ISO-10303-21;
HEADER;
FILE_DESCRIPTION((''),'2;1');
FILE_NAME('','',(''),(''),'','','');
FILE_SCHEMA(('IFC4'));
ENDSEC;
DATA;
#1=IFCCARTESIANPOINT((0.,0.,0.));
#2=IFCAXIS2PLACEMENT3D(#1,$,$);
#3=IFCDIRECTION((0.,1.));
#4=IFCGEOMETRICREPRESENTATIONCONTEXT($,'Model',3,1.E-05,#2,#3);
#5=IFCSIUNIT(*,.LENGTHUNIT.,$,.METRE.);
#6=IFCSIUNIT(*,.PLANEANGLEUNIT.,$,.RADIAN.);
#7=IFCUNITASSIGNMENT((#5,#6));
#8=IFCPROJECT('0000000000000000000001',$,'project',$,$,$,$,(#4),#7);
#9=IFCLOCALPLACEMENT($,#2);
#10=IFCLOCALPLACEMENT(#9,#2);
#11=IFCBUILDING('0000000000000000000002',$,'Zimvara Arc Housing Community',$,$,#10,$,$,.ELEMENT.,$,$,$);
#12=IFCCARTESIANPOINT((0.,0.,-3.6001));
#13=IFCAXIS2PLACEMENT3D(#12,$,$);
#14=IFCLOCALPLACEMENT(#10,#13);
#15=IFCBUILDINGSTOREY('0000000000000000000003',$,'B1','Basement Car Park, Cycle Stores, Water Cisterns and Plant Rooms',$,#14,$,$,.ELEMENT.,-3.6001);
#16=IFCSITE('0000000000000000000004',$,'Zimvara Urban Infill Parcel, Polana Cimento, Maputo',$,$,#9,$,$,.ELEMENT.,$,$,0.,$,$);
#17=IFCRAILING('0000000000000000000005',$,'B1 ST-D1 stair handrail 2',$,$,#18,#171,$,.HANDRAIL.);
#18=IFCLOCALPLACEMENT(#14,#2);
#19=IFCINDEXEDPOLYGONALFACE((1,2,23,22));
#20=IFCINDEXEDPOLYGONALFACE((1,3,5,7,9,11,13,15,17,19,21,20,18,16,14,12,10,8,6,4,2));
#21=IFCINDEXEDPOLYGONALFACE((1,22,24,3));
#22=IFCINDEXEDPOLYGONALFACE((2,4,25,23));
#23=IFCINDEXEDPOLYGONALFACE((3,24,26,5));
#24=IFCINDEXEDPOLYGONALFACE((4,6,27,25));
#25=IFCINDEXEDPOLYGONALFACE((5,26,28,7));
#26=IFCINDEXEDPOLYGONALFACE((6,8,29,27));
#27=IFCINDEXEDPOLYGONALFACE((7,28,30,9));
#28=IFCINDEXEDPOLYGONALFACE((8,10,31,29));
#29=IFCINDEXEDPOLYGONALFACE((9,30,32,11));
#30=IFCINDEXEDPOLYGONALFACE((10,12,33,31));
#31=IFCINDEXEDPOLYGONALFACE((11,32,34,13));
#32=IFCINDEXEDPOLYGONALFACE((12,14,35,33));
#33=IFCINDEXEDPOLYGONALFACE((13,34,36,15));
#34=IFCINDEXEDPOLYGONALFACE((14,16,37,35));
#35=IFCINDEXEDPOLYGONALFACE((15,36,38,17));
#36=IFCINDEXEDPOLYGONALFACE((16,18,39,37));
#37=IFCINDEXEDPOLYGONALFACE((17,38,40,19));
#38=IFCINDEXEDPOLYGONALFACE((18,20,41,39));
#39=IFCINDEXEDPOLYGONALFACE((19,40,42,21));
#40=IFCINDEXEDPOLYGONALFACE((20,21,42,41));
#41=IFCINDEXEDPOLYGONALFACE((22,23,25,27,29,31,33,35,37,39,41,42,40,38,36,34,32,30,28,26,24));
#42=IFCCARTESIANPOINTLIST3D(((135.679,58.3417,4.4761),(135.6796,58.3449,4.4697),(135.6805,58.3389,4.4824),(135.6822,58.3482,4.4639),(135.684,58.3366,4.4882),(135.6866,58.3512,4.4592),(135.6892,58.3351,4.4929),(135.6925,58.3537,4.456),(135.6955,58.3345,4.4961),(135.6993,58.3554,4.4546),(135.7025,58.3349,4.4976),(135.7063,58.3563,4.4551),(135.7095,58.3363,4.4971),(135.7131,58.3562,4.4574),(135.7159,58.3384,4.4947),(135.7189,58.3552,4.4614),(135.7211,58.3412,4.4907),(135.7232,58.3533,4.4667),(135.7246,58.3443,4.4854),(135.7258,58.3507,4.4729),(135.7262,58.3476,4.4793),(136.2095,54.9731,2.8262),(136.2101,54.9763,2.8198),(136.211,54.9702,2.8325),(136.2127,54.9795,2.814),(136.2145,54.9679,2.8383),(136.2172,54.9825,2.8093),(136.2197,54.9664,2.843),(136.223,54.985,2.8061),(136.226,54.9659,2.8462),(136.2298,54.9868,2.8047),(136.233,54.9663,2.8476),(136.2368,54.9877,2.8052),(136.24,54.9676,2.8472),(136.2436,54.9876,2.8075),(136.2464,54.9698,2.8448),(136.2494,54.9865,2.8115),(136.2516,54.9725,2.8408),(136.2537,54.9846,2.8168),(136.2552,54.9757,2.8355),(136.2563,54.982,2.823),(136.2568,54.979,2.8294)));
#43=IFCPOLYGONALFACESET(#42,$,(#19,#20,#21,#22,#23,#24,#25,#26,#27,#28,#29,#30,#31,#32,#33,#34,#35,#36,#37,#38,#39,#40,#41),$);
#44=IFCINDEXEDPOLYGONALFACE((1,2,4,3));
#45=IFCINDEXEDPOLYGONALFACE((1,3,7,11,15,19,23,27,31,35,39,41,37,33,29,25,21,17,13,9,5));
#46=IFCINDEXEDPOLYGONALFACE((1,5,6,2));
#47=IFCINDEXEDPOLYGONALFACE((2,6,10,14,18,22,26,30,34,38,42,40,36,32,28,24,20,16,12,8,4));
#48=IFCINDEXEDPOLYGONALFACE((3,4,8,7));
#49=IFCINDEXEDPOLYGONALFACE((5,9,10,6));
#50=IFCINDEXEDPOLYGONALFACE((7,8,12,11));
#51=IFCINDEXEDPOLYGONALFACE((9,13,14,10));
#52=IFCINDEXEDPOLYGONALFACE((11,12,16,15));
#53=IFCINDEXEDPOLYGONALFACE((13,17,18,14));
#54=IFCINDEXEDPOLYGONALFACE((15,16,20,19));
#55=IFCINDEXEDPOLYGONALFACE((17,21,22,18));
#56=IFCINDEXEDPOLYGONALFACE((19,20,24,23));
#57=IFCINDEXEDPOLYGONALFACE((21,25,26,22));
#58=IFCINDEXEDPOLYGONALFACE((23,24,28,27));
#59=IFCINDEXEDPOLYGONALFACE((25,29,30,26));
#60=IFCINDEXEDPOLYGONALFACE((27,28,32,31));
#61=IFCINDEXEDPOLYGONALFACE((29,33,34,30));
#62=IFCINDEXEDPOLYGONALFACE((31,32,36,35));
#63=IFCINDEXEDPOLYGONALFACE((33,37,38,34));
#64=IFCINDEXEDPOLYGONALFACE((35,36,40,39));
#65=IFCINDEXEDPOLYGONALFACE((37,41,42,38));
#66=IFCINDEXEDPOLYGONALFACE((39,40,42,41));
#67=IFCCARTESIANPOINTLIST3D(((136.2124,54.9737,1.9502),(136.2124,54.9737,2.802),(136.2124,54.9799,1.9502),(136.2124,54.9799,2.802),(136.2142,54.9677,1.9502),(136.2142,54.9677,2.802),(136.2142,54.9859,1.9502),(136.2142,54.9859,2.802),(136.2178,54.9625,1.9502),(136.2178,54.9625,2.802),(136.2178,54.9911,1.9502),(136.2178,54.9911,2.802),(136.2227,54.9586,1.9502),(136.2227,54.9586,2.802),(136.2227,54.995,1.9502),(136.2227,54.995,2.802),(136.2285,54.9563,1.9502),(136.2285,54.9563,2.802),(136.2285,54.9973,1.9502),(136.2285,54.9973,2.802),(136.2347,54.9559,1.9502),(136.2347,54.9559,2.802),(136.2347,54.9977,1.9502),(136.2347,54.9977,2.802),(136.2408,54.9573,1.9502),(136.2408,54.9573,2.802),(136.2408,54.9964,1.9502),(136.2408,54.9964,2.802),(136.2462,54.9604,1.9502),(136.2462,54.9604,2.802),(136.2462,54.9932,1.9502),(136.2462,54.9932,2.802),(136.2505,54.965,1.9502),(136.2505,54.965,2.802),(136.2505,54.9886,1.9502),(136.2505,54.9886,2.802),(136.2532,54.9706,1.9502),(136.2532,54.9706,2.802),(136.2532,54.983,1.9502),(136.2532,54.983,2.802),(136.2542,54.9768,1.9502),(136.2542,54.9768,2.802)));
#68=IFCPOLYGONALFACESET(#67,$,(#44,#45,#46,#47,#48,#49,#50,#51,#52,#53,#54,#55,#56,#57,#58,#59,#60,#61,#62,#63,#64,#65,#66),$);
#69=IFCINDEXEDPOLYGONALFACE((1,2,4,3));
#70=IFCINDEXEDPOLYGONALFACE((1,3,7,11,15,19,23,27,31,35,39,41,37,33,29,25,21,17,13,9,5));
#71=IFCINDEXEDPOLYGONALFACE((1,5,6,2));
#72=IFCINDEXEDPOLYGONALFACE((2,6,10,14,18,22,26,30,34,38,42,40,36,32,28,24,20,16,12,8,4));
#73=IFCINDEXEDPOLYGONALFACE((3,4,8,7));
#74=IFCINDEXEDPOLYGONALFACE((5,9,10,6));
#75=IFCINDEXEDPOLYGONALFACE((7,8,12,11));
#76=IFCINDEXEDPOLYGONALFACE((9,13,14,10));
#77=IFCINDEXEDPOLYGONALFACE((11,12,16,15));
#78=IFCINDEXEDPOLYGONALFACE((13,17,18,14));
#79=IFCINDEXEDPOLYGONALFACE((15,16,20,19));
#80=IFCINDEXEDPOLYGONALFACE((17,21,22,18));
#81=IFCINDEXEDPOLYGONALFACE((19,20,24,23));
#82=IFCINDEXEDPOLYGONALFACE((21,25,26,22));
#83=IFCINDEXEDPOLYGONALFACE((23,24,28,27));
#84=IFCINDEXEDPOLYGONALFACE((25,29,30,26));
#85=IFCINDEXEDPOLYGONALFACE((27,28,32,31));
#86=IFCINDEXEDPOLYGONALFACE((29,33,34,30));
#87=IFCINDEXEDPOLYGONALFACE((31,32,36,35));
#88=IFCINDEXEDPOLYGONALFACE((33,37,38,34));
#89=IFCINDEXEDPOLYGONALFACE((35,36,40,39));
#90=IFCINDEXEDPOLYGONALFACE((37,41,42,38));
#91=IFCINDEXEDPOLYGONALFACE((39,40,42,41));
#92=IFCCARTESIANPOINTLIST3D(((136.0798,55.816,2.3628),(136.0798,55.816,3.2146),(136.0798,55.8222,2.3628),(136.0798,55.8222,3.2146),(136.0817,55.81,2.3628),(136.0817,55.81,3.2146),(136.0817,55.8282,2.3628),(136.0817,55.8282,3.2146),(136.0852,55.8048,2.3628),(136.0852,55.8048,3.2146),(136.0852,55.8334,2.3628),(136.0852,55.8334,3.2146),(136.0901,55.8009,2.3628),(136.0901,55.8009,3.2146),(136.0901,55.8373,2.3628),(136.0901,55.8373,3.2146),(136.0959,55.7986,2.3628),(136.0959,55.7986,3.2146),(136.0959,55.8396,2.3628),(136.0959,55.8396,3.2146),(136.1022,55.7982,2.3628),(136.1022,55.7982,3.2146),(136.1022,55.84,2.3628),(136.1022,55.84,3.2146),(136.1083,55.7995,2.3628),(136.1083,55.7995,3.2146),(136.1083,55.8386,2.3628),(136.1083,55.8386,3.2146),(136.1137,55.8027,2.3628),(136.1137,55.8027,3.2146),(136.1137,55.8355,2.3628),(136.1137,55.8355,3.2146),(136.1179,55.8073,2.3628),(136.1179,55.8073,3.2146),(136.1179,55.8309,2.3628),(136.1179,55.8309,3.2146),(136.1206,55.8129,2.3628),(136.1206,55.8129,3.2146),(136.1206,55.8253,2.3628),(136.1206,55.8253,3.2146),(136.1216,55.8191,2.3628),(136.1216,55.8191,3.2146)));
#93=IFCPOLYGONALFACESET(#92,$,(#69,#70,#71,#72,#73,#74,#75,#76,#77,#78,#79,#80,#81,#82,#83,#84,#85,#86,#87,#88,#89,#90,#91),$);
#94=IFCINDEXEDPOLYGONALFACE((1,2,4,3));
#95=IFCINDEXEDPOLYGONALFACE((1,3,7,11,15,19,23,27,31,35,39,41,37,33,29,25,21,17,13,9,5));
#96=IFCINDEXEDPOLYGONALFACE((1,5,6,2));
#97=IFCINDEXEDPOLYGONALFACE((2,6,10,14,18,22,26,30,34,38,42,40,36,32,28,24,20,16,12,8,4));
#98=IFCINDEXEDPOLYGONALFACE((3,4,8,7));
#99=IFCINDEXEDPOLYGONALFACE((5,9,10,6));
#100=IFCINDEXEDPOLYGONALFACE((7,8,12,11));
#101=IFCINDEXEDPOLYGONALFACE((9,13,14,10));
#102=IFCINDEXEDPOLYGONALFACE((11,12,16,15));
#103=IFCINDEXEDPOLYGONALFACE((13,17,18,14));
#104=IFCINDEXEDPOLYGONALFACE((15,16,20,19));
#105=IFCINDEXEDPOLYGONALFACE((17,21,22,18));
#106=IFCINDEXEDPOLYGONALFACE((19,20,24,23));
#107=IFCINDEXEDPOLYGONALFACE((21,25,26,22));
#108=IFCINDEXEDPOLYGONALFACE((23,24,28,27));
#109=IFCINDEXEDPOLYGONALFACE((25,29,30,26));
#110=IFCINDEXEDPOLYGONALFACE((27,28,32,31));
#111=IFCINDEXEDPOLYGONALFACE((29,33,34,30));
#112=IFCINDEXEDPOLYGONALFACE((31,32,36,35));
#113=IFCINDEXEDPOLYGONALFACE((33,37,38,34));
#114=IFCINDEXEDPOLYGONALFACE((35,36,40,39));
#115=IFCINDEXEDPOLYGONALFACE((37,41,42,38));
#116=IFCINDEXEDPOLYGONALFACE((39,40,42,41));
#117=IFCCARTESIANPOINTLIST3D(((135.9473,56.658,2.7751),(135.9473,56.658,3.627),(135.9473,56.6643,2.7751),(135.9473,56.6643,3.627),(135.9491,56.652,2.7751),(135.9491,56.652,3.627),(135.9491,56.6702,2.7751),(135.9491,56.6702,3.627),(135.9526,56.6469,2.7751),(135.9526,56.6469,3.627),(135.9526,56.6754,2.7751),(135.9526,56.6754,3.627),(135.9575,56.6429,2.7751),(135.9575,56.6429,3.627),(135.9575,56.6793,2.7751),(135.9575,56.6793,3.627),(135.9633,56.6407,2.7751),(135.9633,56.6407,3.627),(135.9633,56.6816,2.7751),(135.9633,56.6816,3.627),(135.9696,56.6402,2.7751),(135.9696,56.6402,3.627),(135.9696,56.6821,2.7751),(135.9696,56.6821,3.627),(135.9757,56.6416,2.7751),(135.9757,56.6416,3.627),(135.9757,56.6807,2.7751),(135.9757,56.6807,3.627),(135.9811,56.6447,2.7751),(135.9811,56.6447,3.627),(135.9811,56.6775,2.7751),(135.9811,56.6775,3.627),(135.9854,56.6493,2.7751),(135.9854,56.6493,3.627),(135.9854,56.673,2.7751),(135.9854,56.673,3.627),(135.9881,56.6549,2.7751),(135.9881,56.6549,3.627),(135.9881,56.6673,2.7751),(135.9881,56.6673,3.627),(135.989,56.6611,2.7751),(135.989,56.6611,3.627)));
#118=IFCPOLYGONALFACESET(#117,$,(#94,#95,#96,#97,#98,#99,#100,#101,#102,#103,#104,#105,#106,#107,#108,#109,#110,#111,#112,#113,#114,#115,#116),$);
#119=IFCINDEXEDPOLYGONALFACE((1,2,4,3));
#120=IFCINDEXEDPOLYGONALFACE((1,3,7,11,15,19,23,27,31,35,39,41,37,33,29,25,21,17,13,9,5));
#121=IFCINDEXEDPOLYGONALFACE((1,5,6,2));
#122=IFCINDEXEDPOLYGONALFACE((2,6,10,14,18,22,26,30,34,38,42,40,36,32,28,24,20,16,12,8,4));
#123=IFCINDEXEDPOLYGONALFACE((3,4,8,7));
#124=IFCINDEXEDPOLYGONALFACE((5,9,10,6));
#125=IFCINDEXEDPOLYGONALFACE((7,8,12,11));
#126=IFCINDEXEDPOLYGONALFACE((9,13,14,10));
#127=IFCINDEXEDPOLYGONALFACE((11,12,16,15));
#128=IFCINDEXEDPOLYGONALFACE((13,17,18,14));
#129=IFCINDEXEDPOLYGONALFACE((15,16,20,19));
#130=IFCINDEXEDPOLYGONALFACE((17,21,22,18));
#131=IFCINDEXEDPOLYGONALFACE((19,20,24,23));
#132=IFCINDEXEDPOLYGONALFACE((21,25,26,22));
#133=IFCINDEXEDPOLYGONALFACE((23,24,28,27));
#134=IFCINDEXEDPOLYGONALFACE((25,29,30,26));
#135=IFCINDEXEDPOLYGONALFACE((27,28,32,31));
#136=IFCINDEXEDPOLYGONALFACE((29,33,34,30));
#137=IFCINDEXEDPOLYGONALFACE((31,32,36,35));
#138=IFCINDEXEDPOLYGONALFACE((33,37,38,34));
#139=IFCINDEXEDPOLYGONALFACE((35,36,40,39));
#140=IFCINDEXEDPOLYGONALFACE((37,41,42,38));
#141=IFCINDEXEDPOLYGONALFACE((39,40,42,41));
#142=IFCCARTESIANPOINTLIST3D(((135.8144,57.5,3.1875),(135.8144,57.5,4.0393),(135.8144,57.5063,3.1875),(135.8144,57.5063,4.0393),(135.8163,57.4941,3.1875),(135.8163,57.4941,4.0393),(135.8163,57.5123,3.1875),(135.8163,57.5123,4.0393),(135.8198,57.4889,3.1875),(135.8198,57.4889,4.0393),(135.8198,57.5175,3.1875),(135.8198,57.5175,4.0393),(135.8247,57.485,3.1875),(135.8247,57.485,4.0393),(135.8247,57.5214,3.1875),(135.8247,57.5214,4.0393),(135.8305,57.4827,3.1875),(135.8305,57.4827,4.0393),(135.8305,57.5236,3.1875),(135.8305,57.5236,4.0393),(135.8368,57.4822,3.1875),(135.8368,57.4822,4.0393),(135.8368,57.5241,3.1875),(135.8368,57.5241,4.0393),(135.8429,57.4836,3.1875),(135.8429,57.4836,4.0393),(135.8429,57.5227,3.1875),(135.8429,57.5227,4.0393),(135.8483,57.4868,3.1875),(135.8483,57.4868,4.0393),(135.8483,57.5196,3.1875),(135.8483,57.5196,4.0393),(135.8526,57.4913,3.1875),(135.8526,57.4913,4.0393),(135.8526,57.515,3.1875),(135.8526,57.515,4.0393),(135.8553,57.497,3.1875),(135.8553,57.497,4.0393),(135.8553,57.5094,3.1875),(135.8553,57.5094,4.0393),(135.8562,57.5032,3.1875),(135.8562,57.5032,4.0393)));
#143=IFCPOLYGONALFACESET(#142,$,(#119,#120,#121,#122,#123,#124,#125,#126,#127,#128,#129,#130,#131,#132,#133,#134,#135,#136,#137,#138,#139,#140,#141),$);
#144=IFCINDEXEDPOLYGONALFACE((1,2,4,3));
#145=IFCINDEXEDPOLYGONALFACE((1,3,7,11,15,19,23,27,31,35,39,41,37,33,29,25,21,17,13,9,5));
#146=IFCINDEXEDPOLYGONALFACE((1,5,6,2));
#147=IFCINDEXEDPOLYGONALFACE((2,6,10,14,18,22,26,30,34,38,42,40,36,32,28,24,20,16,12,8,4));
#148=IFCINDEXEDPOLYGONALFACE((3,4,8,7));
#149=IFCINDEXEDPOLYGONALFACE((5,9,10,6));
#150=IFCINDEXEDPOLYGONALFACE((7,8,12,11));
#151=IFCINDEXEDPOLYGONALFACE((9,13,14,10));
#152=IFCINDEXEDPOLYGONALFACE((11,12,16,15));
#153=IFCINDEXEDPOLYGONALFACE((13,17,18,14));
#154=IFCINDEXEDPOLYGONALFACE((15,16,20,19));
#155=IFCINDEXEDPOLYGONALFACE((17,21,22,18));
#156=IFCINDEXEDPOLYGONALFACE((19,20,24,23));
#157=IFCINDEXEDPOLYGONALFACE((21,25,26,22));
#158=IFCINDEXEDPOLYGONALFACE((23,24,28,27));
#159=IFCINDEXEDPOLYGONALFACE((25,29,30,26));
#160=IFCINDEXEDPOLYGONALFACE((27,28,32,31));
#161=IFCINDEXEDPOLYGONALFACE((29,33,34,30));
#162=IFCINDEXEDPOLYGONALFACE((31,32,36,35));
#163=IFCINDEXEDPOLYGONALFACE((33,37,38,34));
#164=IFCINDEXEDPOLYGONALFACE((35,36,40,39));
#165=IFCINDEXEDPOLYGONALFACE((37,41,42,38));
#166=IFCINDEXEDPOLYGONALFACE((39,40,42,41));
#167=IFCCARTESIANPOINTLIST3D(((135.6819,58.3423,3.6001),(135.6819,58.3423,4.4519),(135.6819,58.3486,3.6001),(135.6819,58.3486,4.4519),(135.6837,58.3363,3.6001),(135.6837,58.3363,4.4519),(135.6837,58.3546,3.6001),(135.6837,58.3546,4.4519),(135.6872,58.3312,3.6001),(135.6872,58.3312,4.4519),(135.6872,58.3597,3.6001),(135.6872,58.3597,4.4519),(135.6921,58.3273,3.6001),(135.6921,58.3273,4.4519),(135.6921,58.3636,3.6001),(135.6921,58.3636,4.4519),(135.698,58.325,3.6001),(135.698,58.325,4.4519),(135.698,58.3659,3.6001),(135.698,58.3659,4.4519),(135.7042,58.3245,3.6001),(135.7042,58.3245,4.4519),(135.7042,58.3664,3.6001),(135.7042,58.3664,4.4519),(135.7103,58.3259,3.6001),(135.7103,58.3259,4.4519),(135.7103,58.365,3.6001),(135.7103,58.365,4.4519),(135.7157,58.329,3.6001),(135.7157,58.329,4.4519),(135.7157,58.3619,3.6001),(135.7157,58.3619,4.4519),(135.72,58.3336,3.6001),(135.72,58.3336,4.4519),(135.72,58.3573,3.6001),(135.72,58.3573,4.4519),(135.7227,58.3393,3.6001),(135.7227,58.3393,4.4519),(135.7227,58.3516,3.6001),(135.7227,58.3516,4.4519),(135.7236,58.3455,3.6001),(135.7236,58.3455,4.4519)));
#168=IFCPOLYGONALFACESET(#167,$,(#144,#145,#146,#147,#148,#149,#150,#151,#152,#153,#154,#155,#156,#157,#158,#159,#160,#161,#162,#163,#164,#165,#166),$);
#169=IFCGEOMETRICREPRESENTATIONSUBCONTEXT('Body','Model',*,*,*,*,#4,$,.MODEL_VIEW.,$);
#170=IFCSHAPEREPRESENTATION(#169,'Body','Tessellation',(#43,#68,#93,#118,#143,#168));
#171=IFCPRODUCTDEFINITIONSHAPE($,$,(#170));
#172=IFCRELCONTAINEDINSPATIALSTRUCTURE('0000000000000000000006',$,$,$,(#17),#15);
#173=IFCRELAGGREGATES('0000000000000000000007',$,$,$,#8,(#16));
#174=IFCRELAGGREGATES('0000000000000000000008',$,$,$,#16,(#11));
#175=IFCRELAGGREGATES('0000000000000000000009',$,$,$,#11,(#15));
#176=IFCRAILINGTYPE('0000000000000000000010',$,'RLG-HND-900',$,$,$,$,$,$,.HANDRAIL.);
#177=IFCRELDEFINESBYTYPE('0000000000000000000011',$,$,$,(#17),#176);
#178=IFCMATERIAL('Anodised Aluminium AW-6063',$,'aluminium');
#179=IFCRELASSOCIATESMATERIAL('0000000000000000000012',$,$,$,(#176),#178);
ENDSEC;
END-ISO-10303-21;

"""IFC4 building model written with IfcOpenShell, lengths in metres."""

from ifc_helpers import new_model, si_unit, direction, frame, origin, origin_2d, place, context, subcontext, project, spatial, circle, extrude, material, type_object, element, save


model = new_model("IFC4")

# Units and contexts
model_context = context("Model", 3, precision=1e-05, world=origin(), true_north=direction((0.0, 1.0)))
body_context = subcontext(model_context, "Body", "Model", "MODEL_VIEW")
ifc_project = project(units=[si_unit("LENGTHUNIT", "METRE"), si_unit("PLANEANGLEUNIT", "RADIAN")], contexts=[model_context])

# Site, building, storey
site_placement = place(None, origin())
site = spatial("IfcSite", under=ifc_project, at=site_placement, Name="Zimvara Urban Infill Parcel, Polana Cimento, Maputo", CompositionType="ELEMENT", RefElevation=0.0)
building_placement = place(site_placement, origin())
building = spatial("IfcBuilding", under=site, at=building_placement, Name="Zimvara Arc Housing Community", CompositionType="ELEMENT")
storey_placement = place(building_placement, frame((0.0, 0.0, -3.6001)))
storey = spatial("IfcBuildingStorey", under=building, at=storey_placement, Name="B1", Description="Basement Car Park, Cycle Stores, Water Cisterns and Plant Rooms", CompositionType="ELEMENT", Elevation=-3.6001)

# Railing
ifc_material_1 = material(Name="Anodised Aluminium AW-6063", Category="aluminium")
railing_type_1 = type_object("IfcRailingType", Name="RLG-HND-900", PredefinedType="HANDRAIL", material=ifc_material_1)
railing_1_placement = place(storey_placement, frame((136.2332, 54.9768, 1.9502)))
element("IfcRailing", 1, at=railing_1_placement, inside=storey, type_object=railing_type_1, Name="B1 ST-D1 stair handrail 2", PredefinedType="HANDRAIL", context=body_context, shape_type="SweptSolid", body=[
    extrude(circle(Radius=0.0239, at=origin_2d()), frame((0.0, 0.0, 0.876), z_axis=(-0.14004, 0.889218, 0.435522), x_axis=(-0.987825, -0.155569, 0.0)), (0.0, 0.0, 1.0), 3.7883),
    extrude(circle(Radius=0.021, at=origin_2d()), origin(), (0.0, 0.0, 1.0), 0.8518),
    extrude(circle(Radius=0.021, at=origin_2d()), frame((-0.1326, 0.8423, 0.4126)), (0.0, 0.0, 1.0), 0.8518),
    extrude(circle(Radius=0.021, at=origin_2d()), frame((-0.2651, 1.6843, 0.825)), (0.0, 0.0, 1.0), 0.8518),
    extrude(circle(Radius=0.021, at=origin_2d()), frame((-0.3979, 2.5264, 1.2373)), (0.0, 0.0, 1.0), 0.8518),
    extrude(circle(Radius=0.021, at=origin_2d()), frame((-0.5305, 3.3687, 1.6499)), (0.0, 0.0, 1.0), 0.8518),
])

save(model, "model.ifc")
